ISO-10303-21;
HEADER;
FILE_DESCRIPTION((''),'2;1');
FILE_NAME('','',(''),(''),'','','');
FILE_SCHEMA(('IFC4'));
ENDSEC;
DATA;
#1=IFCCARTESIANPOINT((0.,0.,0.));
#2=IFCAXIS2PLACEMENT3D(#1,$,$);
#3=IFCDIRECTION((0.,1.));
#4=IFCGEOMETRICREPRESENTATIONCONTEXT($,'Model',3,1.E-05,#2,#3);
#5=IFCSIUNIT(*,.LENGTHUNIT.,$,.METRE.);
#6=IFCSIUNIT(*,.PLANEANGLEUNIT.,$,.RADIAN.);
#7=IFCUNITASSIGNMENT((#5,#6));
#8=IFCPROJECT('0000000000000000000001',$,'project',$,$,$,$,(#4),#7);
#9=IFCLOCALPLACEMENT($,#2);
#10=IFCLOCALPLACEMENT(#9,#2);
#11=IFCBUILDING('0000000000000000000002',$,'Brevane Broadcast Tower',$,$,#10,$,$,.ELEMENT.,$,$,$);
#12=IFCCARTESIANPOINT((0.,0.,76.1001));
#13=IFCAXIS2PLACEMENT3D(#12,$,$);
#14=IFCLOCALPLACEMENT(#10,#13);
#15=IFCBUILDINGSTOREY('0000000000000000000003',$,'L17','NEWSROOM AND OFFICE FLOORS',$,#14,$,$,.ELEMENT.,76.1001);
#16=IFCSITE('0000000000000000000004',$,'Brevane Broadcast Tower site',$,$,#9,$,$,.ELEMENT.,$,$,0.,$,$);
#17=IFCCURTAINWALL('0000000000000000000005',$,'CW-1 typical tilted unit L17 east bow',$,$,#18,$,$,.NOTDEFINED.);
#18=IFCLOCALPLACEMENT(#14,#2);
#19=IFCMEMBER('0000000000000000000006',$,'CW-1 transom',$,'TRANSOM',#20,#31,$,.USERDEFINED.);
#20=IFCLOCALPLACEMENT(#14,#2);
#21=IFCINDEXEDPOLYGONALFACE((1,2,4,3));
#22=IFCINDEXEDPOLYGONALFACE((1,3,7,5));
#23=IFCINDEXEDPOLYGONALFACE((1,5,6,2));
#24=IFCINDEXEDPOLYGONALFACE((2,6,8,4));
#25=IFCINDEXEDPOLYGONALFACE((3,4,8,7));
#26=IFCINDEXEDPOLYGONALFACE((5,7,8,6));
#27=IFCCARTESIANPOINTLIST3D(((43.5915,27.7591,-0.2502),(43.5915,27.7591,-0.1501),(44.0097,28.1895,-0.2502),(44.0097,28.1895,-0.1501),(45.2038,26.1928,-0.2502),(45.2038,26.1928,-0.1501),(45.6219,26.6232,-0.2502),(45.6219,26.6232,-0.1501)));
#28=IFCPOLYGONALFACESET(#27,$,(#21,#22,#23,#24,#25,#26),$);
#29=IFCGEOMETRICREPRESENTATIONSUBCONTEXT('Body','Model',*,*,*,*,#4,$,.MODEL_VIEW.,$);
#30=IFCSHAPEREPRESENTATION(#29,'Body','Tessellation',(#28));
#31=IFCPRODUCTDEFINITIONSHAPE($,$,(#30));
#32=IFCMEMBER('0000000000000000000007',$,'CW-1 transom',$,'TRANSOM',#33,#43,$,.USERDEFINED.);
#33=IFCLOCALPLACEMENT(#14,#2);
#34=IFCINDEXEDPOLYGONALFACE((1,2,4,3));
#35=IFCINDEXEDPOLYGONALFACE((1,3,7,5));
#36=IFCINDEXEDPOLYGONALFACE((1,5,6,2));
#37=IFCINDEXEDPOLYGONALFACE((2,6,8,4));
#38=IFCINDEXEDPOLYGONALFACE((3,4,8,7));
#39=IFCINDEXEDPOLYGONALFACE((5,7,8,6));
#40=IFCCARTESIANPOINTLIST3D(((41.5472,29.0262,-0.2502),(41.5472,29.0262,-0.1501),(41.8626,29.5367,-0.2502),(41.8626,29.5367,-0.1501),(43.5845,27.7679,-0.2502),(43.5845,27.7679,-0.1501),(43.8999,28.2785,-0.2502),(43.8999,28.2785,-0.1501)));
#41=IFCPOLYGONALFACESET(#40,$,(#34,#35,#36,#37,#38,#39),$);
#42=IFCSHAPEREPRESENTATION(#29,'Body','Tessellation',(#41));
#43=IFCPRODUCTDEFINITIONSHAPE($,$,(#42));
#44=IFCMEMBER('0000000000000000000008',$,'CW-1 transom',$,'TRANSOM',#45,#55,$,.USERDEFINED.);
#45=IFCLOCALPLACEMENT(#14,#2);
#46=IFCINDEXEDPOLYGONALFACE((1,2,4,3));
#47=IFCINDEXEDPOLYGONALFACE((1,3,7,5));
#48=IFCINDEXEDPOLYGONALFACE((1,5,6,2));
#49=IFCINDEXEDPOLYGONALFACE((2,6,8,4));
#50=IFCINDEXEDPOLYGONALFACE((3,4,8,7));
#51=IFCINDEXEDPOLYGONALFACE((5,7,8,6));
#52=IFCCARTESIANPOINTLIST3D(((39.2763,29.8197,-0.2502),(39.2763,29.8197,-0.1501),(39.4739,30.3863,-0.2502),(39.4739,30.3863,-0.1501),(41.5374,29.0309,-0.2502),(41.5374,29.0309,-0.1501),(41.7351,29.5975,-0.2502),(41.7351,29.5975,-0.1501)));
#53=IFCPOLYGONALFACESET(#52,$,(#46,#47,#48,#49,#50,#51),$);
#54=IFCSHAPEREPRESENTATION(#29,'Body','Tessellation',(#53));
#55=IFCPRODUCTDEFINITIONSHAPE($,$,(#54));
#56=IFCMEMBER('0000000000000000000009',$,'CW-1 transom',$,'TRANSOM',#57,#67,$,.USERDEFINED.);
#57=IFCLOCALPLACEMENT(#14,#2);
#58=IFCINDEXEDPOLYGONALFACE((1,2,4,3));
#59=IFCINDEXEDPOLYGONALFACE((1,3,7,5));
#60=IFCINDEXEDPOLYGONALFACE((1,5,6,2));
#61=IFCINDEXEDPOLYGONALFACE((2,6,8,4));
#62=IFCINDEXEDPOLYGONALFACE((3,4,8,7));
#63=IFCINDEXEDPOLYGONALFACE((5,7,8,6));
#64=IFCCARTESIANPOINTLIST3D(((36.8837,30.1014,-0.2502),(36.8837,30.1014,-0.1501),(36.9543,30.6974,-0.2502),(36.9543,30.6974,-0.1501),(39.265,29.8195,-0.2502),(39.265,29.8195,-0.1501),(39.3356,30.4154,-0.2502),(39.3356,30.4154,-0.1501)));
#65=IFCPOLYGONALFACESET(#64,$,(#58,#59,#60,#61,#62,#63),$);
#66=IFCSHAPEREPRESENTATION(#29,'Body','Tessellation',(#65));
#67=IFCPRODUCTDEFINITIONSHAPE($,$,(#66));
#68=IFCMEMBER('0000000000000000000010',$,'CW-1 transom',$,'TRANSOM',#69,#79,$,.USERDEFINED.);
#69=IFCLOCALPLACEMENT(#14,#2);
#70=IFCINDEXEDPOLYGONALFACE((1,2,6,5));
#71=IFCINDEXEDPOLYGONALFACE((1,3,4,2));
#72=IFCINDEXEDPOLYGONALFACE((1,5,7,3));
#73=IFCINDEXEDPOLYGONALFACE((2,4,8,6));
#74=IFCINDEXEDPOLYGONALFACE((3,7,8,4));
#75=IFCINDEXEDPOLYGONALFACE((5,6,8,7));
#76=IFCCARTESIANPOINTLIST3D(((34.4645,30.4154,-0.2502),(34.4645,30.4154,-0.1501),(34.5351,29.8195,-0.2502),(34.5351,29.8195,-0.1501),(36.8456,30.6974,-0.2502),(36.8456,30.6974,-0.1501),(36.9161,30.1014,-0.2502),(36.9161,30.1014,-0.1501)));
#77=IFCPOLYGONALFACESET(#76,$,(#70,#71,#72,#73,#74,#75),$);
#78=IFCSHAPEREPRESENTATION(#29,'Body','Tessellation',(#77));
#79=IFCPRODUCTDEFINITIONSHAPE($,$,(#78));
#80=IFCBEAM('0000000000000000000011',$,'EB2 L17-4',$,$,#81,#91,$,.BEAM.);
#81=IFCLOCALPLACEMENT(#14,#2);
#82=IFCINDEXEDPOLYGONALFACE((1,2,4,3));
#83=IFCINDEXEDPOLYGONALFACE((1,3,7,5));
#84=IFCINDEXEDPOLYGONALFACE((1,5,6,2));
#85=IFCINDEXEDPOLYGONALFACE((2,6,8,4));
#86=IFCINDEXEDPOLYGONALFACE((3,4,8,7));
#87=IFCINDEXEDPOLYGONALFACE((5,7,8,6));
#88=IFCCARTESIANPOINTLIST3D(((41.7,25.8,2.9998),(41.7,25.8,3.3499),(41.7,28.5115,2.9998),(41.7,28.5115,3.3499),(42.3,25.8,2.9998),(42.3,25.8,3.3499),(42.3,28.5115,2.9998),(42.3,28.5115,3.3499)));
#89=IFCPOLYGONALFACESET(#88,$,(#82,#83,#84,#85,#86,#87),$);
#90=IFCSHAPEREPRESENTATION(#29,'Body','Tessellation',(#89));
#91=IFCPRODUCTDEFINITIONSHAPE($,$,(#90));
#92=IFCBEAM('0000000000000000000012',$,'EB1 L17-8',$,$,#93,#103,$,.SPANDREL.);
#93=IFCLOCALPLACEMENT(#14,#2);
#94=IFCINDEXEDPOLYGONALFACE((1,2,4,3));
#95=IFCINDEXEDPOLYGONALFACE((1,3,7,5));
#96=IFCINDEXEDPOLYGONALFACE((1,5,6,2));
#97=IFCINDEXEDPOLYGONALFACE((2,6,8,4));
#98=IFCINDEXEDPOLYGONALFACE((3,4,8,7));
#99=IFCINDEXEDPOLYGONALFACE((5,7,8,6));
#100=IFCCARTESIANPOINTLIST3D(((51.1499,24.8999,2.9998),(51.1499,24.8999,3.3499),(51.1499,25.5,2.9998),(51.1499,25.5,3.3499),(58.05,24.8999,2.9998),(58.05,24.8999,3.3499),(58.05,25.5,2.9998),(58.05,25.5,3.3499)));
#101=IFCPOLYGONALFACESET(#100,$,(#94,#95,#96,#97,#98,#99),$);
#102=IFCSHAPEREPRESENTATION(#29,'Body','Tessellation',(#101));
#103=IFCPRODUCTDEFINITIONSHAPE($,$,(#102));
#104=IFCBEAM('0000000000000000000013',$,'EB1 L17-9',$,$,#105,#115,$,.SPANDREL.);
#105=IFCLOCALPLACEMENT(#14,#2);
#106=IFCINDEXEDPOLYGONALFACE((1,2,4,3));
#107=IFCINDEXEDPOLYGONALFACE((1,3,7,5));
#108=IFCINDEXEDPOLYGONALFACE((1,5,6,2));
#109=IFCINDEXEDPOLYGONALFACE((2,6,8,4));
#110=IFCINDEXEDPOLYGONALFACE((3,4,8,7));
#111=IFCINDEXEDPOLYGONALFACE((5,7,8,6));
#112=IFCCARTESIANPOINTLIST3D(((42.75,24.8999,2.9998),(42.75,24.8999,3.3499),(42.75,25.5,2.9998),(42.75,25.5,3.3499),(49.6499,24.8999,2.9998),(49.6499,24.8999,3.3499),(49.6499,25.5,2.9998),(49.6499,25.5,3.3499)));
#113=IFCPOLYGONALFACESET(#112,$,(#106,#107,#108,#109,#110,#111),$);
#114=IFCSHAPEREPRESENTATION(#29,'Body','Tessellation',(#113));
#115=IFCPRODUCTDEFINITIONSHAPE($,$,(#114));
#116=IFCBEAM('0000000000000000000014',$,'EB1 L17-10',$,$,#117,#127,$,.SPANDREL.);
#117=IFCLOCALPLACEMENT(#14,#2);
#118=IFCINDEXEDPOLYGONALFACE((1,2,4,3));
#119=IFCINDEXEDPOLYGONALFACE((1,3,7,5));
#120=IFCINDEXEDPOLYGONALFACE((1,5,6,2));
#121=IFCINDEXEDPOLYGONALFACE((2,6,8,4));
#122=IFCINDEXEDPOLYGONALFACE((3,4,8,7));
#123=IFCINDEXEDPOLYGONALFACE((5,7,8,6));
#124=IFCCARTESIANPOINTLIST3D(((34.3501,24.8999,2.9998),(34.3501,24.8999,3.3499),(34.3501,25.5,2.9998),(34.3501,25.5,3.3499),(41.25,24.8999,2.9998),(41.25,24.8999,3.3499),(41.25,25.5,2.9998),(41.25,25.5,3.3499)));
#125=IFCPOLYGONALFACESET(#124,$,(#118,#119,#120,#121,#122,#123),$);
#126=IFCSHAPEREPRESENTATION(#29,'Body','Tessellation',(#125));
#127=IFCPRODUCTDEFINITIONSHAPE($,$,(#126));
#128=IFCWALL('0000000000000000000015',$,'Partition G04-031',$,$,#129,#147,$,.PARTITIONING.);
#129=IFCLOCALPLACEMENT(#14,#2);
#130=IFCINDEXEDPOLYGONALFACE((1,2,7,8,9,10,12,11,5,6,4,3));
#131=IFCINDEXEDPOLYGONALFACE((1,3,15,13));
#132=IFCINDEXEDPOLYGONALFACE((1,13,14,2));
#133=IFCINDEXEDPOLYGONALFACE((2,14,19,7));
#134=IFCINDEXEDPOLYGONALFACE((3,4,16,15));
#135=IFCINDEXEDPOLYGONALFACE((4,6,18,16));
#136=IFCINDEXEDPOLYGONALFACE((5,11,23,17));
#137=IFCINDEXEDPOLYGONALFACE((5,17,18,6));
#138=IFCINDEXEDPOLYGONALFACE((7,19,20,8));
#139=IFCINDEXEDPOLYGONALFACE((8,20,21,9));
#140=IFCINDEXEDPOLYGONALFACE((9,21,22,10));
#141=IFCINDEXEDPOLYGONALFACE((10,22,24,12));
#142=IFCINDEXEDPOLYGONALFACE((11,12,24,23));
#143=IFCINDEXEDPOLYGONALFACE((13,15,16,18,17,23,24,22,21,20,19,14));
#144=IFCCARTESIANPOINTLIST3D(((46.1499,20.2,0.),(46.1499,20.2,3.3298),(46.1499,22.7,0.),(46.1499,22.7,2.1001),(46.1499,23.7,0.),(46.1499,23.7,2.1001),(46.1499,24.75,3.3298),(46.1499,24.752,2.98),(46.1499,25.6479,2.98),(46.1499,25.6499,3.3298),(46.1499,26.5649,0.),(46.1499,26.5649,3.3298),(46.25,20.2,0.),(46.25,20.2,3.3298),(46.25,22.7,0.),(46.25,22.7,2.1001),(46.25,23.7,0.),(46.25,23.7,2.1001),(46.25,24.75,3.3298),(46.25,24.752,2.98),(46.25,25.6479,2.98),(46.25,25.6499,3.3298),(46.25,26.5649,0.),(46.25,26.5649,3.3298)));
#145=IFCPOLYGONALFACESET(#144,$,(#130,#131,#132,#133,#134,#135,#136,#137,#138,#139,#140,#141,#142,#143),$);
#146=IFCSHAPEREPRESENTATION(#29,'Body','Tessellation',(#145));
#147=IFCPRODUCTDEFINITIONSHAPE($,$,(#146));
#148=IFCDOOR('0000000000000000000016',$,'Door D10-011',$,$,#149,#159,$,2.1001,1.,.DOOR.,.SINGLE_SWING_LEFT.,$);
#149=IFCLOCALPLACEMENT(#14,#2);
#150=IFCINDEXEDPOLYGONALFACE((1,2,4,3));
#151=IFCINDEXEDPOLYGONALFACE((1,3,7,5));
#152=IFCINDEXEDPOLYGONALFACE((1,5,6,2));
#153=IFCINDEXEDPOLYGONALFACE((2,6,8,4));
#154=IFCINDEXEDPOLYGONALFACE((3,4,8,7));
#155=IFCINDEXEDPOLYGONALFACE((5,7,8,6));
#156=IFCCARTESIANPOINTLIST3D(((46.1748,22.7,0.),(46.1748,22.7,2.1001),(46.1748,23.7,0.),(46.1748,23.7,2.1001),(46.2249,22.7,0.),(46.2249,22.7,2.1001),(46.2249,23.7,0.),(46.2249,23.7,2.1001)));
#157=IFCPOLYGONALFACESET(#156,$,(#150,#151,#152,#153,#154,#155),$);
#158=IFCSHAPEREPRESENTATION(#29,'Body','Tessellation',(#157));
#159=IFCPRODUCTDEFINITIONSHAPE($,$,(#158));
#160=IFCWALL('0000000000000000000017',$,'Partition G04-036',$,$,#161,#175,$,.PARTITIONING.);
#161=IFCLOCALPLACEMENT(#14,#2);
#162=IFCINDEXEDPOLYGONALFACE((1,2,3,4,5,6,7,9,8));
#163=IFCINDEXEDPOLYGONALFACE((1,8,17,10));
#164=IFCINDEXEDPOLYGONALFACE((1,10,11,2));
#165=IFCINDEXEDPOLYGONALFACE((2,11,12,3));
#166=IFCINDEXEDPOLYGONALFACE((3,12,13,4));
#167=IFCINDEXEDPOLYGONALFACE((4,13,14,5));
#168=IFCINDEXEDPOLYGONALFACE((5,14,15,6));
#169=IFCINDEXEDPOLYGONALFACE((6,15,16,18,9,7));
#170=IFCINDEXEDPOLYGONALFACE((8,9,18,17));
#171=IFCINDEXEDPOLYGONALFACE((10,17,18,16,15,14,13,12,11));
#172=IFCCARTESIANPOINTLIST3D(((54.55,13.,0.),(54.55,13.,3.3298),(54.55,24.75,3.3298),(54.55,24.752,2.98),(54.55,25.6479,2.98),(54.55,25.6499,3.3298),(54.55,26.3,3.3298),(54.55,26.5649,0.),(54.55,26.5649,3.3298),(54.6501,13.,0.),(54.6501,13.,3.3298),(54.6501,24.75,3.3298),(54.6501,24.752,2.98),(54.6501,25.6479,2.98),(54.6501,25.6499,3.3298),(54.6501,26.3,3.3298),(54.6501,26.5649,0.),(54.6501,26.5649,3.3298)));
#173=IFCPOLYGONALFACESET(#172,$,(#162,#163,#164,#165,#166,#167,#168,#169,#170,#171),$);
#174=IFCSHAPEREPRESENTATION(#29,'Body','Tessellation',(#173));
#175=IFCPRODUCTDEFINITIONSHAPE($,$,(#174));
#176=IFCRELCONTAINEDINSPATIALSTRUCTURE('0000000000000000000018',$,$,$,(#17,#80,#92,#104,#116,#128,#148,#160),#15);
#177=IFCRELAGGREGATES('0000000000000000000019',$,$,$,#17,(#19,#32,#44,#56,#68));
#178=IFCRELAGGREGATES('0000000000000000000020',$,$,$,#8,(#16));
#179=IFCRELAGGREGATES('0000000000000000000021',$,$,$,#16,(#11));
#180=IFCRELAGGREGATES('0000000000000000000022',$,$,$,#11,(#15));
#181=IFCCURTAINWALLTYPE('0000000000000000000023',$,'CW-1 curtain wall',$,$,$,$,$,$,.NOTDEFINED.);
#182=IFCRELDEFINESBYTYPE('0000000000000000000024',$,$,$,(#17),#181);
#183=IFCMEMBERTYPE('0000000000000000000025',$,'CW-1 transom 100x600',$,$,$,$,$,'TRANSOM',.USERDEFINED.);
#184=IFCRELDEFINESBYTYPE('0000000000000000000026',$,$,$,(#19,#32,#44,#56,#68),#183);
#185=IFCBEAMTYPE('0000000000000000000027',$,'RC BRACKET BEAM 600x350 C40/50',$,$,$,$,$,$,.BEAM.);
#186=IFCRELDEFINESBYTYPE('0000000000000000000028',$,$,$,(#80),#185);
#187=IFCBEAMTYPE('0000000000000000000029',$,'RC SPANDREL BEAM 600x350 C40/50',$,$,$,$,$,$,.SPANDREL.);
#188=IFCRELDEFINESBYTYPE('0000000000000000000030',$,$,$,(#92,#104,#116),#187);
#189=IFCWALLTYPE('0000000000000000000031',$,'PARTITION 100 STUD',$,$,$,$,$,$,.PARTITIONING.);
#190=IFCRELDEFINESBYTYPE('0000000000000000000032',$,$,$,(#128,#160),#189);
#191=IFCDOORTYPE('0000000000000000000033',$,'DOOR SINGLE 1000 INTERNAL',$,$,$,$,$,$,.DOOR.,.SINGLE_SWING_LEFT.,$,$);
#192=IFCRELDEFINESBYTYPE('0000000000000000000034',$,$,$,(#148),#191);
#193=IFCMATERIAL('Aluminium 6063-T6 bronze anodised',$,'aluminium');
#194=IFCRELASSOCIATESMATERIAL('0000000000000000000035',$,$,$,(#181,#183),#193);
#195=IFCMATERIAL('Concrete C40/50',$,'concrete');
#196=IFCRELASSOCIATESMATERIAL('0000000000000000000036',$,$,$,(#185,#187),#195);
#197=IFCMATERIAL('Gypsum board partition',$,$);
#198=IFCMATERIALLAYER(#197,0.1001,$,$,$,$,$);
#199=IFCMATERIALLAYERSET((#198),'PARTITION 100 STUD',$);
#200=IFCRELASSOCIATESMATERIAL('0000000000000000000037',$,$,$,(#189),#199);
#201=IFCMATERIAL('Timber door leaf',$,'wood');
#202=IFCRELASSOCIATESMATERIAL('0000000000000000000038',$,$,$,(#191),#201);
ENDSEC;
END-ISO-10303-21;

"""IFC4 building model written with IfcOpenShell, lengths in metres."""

from ifc_helpers import new_model, si_unit, direction, frame, frame_2d, origin, origin_2d, place, context, subcontext, project, spatial, polyline, rectangle, outline, extrude, material, layer, layer_set, material_profile, profile_set, type_object, element, fill, aggregate, save


model = new_model("IFC4")

# Units and contexts
model_context = context("Model", 3, precision=1e-05, world=origin(), true_north=direction((0.0, 1.0)))
body_context = subcontext(model_context, "Body", "Model", "MODEL_VIEW")
ifc_project = project(units=[si_unit("LENGTHUNIT", "METRE"), si_unit("PLANEANGLEUNIT", "RADIAN")], contexts=[model_context])

# Site, building, storey
site_placement = place(None, origin())
site = spatial("IfcSite", under=ifc_project, at=site_placement, Name="Brevane Broadcast Tower site", CompositionType="ELEMENT", RefElevation=0.0)
building_placement = place(site_placement, origin())
building = spatial("IfcBuilding", under=site, at=building_placement, Name="Brevane Broadcast Tower", CompositionType="ELEMENT")
storey_placement = place(building_placement, frame((0.0, 0.0, 76.1001)))
storey = spatial("IfcBuildingStorey", under=building, at=storey_placement, Name="L17", Description="NEWSROOM AND OFFICE FLOORS", CompositionType="ELEMENT", Elevation=76.1001)

# Shared definitions
ifc_material_1 = material(Name="Aluminium 6063-T6 bronze anodised", Category="aluminium")
curtain_wall_type = type_object("IfcCurtainWallType", Name="CW-1 curtain wall", PredefinedType="NOTDEFINED", material=ifc_material_1)

# Curtain wall
curtain_wall_1_placement = place(storey_placement, origin())
curtain_wall_1 = element("IfcCurtainWall", 1, at=curtain_wall_1_placement, inside=storey, type_object=curtain_wall_type, Name="CW-1 typical tilted unit L17 east bow", PredefinedType="NOTDEFINED")

# Members
ifc_material_profile_1 = material_profile(ifc_material_1, rectangle(XDim=0.6001, YDim=0.1001, at=origin_2d()), Name="RECT 100x600")
ifc_profile_set_1 = profile_set([ifc_material_profile_1], Name="Aluminium 6063-T6 bronze anodised")
member_type_1 = type_object("IfcMemberType", Name="CW-1 transom 100x600", ElementType="TRANSOM", PredefinedType="USERDEFINED", material=ifc_profile_set_1)
member_1_placement = place(storey_placement, frame((45.4128, 26.408, -0.2002), z_axis=(-0.717242, 0.696824, 0.0), x_axis=(-0.696824, -0.717242, 0.0)))
member_1 = element("IfcMember", 2, at=member_1_placement, type_object=member_type_1, Name="CW-1 transom", ObjectType="TRANSOM", PredefinedType="USERDEFINED", context=body_context, shape_type="SweptSolid", body=[
    extrude(rectangle(XDim=0.6001, YDim=0.1001, at=origin_2d()), origin(), (0.0, 0.0, 1.0), 2.2478),
])
member_2_placement = place(storey_placement, frame((43.7422, 28.0232, -0.2002), z_axis=(-0.85081, 0.525473, 0.0), x_axis=(-0.525473, -0.85081, 0.0)))
member_2 = element("IfcMember", 3, at=member_2_placement, type_object=member_type_1, Name="CW-1 transom", ObjectType="TRANSOM", PredefinedType="USERDEFINED", context=body_context, shape_type="SweptSolid", body=[
    extrude(rectangle(XDim=0.6001, YDim=0.1001, at=origin_2d()), origin(), (0.0, 0.0, 1.0), 2.3945),
])
member_3_placement = place(storey_placement, frame((41.6362, 29.3142, -0.2002), z_axis=(-0.944198, 0.329378, 0.0), x_axis=(-0.329378, -0.944198, 0.0)))
member_3 = element("IfcMember", 4, at=member_3_placement, type_object=member_type_1, Name="CW-1 transom", ObjectType="TRANSOM", PredefinedType="USERDEFINED", context=body_context, shape_type="SweptSolid", body=[
    extrude(rectangle(XDim=0.6001, YDim=0.1001, at=origin_2d()), origin(), (0.0, 0.0, 1.0), 2.3948),
])
member_4_placement = place(storey_placement, frame((39.3003, 30.1174, -0.2002), z_axis=(-0.993062, 0.117591, 0.0), x_axis=(-0.117591, -0.993062, 0.0)))
member_4 = element("IfcMember", 5, at=member_4_placement, type_object=member_type_1, Name="CW-1 transom", ObjectType="TRANSOM", PredefinedType="USERDEFINED", context=body_context, shape_type="SweptSolid", body=[
    extrude(rectangle(XDim=0.6001, YDim=0.1001, at=origin_2d()), origin(), (0.0, 0.0, 1.0), 2.3979),
])
member_5_placement = place(storey_placement, frame((36.8809, 30.3994, -0.2002), z_axis=(-0.993061, -0.117603, 0.0), x_axis=(0.117603, -0.993061, 0.0)))
member_5 = element("IfcMember", 6, at=member_5_placement, type_object=member_type_1, Name="CW-1 transom", ObjectType="TRANSOM", PredefinedType="USERDEFINED", context=body_context, shape_type="SweptSolid", body=[
    extrude(rectangle(XDim=0.6001, YDim=0.1001, at=origin_2d()), origin(), (0.0, 0.0, 1.0), 2.3977),
])
aggregate(curtain_wall_1, [member_1, member_2, member_3, member_4, member_5])

# Beams
ifc_material_2 = material(Name="Concrete C40/50", Category="concrete")
ifc_material_profile_2 = material_profile(ifc_material_2, rectangle(XDim=0.6001, YDim=0.3501, at=origin_2d()), Name="RC 600x350")
ifc_profile_set_2 = profile_set([ifc_material_profile_2], Name="Concrete C40/50")
beam_type_1 = type_object("IfcBeamType", Name="RC BRACKET BEAM 600x350 C40/50", PredefinedType="BEAM", material=ifc_profile_set_2)
beam_1_placement = place(storey_placement, frame((42.0, 25.8, 3.1748), z_axis=(0.0, 1.0, 0.0), x_axis=(-1.0, 0.0, 0.0)))
element("IfcBeam", 7, at=beam_1_placement, inside=storey, type_object=beam_type_1, Name="EB2 L17-4", PredefinedType="BEAM", context=body_context, shape_type="SweptSolid", body=[
    extrude(rectangle(XDim=0.6001, YDim=0.3501, at=origin_2d()), origin(), (0.0, 0.0, 1.0), 2.7114),
])
ifc_material_profile_3 = material_profile(ifc_material_2, rectangle(XDim=0.6001, YDim=0.3501, at=origin_2d()), Name="RC 600x350")
ifc_profile_set_3 = profile_set([ifc_material_profile_3], Name="Concrete C40/50")
beam_type_2 = type_object("IfcBeamType", Name="RC SPANDREL BEAM 600x350 C40/50", PredefinedType="SPANDREL", material=ifc_profile_set_3)
beam_2_placement = place(storey_placement, frame((58.05, 25.2, 3.1748), z_axis=(-1.0, 0.0, 0.0), x_axis=(0.0, -1.0, 0.0)))
element("IfcBeam", 8, at=beam_2_placement, inside=storey, type_object=beam_type_2, Name="EB1 L17-8", PredefinedType="SPANDREL", context=body_context, shape_type="SweptSolid", body=[
    extrude(rectangle(XDim=0.6001, YDim=0.3501, at=origin_2d()), origin(), (0.0, 0.0, 1.0), 6.9001),
])
for number, where, z_axis, x_axis, name in (
    (9, (49.6499, 25.2, 3.1748), (-1.0, 0.0, 0.0), (0.0, -1.0, 0.0), "EB1 L17-9"),
    (10, (41.25, 25.2, 3.1748), (-1.0, 0.0, 0.0), (0.0, -1.0, 0.0), "EB1 L17-10"),
):
    element("IfcBeam", number, at=place(storey_placement, frame(where, z_axis=z_axis, x_axis=x_axis)), inside=storey, type_object=beam_type_2, Name=name, PredefinedType="SPANDREL", context=body_context, shape_type="SweptSolid", body=[
        extrude(rectangle(XDim=0.6001, YDim=0.3501, at=origin_2d()), origin(), (0.0, 0.0, 1.0), 6.8999),
    ])

# Wall, opening, door
ifc_material_3 = material(Name="Gypsum board partition")
ifc_layer_1 = layer(ifc_material_3, 0.1001)
ifc_layer_set_1 = layer_set([ifc_layer_1], Name="PARTITION 100 STUD")
wall_type_1 = type_object("IfcWallType", Name="PARTITION 100 STUD", PredefinedType="PARTITIONING", material=ifc_layer_set_1)
wall_1_placement = place(storey_placement, frame((46.2, 26.5649, 0.0), z_axis=(0.0, 0.0, 1.0), x_axis=(0.0, -1.0, 0.0)))
wall_1 = element("IfcWall", 11, at=wall_1_placement, inside=storey, type_object=wall_type_1, Name="Partition G04-031", PredefinedType="PARTITIONING", context=body_context, shape_type="SweptSolid", body=[
    extrude(outline(polyline([(0.0, 0.0), (6.365, 0.0), (6.365, 3.3298), (1.8149, 3.3298), (1.813, 2.98), (0.917, 2.98), (0.915, 3.3298), (0.2649, 3.3298), (0.0, 3.3298), (0.0, 0.0)])), frame((0.0, 0.05, 0.0), z_axis=(0.0, -1.0, 0.0), x_axis=(1.0, 0.0, 0.0)), (0.0, 0.0, 1.0), 0.1001),
])
opening_placement = place(wall_1_placement, frame((2.865, 0.0, 0.0)))
opening = element("IfcOpeningElement", 12, at=opening_placement, cuts=wall_1, PredefinedType="OPENING", context=body_context, shape_type="SweptSolid", body=[
    extrude(rectangle(XDim=1.0, YDim=2.1001, at=frame_2d((0.5, 1.05))), frame((0.0, 0.0601, 0.0), z_axis=(0.0, -1.0, 0.0), x_axis=(1.0, 0.0, 0.0)), (0.0, 0.0, 1.0), 0.1201),
])
ifc_material_4 = material(Name="Timber door leaf", Category="wood")
door_type = type_object("IfcDoorType", Name="DOOR SINGLE 1000 INTERNAL", OperationType="SINGLE_SWING_LEFT", PredefinedType="DOOR", material=ifc_material_4)
door_placement = place(opening_placement, origin())
door = element("IfcDoor", 13, at=door_placement, inside=storey, type_object=door_type, Name="Door D10-011", OperationType="SINGLE_SWING_LEFT", OverallHeight=2.1001, OverallWidth=1.0, PredefinedType="DOOR", context=body_context, shape_type="SweptSolid", body=[
    extrude(rectangle(XDim=1.0, YDim=2.1001, at=frame_2d((0.5, 1.05))), frame((0.0, 0.0249, 0.0), z_axis=(0.0, -1.0, 0.0), x_axis=(1.0, 0.0, 0.0)), (0.0, 0.0, 1.0), 0.05),
])
fill(opening, door)

# Wall
wall_2_placement = place(storey_placement, frame((54.6001, 26.5649, 0.0), z_axis=(0.0, 0.0, 1.0), x_axis=(0.0, -1.0, 0.0)))
element("IfcWall", 14, at=wall_2_placement, inside=storey, type_object=wall_type_1, Name="Partition G04-036", PredefinedType="PARTITIONING", context=body_context, shape_type="SweptSolid", body=[
    extrude(outline(polyline([(0.0, 0.0), (13.5649, 0.0), (13.5649, 3.3298), (1.8149, 3.3298), (1.813, 2.98), (0.917, 2.98), (0.915, 3.3298), (0.2649, 3.3298), (0.0, 3.3298), (0.0, 0.0)])), frame((0.0, 0.05, 0.0), z_axis=(0.0, -1.0, 0.0), x_axis=(1.0, 0.0, 0.0)), (0.0, 0.0, 1.0), 0.1001),
])

save(model, "model.ifc")
